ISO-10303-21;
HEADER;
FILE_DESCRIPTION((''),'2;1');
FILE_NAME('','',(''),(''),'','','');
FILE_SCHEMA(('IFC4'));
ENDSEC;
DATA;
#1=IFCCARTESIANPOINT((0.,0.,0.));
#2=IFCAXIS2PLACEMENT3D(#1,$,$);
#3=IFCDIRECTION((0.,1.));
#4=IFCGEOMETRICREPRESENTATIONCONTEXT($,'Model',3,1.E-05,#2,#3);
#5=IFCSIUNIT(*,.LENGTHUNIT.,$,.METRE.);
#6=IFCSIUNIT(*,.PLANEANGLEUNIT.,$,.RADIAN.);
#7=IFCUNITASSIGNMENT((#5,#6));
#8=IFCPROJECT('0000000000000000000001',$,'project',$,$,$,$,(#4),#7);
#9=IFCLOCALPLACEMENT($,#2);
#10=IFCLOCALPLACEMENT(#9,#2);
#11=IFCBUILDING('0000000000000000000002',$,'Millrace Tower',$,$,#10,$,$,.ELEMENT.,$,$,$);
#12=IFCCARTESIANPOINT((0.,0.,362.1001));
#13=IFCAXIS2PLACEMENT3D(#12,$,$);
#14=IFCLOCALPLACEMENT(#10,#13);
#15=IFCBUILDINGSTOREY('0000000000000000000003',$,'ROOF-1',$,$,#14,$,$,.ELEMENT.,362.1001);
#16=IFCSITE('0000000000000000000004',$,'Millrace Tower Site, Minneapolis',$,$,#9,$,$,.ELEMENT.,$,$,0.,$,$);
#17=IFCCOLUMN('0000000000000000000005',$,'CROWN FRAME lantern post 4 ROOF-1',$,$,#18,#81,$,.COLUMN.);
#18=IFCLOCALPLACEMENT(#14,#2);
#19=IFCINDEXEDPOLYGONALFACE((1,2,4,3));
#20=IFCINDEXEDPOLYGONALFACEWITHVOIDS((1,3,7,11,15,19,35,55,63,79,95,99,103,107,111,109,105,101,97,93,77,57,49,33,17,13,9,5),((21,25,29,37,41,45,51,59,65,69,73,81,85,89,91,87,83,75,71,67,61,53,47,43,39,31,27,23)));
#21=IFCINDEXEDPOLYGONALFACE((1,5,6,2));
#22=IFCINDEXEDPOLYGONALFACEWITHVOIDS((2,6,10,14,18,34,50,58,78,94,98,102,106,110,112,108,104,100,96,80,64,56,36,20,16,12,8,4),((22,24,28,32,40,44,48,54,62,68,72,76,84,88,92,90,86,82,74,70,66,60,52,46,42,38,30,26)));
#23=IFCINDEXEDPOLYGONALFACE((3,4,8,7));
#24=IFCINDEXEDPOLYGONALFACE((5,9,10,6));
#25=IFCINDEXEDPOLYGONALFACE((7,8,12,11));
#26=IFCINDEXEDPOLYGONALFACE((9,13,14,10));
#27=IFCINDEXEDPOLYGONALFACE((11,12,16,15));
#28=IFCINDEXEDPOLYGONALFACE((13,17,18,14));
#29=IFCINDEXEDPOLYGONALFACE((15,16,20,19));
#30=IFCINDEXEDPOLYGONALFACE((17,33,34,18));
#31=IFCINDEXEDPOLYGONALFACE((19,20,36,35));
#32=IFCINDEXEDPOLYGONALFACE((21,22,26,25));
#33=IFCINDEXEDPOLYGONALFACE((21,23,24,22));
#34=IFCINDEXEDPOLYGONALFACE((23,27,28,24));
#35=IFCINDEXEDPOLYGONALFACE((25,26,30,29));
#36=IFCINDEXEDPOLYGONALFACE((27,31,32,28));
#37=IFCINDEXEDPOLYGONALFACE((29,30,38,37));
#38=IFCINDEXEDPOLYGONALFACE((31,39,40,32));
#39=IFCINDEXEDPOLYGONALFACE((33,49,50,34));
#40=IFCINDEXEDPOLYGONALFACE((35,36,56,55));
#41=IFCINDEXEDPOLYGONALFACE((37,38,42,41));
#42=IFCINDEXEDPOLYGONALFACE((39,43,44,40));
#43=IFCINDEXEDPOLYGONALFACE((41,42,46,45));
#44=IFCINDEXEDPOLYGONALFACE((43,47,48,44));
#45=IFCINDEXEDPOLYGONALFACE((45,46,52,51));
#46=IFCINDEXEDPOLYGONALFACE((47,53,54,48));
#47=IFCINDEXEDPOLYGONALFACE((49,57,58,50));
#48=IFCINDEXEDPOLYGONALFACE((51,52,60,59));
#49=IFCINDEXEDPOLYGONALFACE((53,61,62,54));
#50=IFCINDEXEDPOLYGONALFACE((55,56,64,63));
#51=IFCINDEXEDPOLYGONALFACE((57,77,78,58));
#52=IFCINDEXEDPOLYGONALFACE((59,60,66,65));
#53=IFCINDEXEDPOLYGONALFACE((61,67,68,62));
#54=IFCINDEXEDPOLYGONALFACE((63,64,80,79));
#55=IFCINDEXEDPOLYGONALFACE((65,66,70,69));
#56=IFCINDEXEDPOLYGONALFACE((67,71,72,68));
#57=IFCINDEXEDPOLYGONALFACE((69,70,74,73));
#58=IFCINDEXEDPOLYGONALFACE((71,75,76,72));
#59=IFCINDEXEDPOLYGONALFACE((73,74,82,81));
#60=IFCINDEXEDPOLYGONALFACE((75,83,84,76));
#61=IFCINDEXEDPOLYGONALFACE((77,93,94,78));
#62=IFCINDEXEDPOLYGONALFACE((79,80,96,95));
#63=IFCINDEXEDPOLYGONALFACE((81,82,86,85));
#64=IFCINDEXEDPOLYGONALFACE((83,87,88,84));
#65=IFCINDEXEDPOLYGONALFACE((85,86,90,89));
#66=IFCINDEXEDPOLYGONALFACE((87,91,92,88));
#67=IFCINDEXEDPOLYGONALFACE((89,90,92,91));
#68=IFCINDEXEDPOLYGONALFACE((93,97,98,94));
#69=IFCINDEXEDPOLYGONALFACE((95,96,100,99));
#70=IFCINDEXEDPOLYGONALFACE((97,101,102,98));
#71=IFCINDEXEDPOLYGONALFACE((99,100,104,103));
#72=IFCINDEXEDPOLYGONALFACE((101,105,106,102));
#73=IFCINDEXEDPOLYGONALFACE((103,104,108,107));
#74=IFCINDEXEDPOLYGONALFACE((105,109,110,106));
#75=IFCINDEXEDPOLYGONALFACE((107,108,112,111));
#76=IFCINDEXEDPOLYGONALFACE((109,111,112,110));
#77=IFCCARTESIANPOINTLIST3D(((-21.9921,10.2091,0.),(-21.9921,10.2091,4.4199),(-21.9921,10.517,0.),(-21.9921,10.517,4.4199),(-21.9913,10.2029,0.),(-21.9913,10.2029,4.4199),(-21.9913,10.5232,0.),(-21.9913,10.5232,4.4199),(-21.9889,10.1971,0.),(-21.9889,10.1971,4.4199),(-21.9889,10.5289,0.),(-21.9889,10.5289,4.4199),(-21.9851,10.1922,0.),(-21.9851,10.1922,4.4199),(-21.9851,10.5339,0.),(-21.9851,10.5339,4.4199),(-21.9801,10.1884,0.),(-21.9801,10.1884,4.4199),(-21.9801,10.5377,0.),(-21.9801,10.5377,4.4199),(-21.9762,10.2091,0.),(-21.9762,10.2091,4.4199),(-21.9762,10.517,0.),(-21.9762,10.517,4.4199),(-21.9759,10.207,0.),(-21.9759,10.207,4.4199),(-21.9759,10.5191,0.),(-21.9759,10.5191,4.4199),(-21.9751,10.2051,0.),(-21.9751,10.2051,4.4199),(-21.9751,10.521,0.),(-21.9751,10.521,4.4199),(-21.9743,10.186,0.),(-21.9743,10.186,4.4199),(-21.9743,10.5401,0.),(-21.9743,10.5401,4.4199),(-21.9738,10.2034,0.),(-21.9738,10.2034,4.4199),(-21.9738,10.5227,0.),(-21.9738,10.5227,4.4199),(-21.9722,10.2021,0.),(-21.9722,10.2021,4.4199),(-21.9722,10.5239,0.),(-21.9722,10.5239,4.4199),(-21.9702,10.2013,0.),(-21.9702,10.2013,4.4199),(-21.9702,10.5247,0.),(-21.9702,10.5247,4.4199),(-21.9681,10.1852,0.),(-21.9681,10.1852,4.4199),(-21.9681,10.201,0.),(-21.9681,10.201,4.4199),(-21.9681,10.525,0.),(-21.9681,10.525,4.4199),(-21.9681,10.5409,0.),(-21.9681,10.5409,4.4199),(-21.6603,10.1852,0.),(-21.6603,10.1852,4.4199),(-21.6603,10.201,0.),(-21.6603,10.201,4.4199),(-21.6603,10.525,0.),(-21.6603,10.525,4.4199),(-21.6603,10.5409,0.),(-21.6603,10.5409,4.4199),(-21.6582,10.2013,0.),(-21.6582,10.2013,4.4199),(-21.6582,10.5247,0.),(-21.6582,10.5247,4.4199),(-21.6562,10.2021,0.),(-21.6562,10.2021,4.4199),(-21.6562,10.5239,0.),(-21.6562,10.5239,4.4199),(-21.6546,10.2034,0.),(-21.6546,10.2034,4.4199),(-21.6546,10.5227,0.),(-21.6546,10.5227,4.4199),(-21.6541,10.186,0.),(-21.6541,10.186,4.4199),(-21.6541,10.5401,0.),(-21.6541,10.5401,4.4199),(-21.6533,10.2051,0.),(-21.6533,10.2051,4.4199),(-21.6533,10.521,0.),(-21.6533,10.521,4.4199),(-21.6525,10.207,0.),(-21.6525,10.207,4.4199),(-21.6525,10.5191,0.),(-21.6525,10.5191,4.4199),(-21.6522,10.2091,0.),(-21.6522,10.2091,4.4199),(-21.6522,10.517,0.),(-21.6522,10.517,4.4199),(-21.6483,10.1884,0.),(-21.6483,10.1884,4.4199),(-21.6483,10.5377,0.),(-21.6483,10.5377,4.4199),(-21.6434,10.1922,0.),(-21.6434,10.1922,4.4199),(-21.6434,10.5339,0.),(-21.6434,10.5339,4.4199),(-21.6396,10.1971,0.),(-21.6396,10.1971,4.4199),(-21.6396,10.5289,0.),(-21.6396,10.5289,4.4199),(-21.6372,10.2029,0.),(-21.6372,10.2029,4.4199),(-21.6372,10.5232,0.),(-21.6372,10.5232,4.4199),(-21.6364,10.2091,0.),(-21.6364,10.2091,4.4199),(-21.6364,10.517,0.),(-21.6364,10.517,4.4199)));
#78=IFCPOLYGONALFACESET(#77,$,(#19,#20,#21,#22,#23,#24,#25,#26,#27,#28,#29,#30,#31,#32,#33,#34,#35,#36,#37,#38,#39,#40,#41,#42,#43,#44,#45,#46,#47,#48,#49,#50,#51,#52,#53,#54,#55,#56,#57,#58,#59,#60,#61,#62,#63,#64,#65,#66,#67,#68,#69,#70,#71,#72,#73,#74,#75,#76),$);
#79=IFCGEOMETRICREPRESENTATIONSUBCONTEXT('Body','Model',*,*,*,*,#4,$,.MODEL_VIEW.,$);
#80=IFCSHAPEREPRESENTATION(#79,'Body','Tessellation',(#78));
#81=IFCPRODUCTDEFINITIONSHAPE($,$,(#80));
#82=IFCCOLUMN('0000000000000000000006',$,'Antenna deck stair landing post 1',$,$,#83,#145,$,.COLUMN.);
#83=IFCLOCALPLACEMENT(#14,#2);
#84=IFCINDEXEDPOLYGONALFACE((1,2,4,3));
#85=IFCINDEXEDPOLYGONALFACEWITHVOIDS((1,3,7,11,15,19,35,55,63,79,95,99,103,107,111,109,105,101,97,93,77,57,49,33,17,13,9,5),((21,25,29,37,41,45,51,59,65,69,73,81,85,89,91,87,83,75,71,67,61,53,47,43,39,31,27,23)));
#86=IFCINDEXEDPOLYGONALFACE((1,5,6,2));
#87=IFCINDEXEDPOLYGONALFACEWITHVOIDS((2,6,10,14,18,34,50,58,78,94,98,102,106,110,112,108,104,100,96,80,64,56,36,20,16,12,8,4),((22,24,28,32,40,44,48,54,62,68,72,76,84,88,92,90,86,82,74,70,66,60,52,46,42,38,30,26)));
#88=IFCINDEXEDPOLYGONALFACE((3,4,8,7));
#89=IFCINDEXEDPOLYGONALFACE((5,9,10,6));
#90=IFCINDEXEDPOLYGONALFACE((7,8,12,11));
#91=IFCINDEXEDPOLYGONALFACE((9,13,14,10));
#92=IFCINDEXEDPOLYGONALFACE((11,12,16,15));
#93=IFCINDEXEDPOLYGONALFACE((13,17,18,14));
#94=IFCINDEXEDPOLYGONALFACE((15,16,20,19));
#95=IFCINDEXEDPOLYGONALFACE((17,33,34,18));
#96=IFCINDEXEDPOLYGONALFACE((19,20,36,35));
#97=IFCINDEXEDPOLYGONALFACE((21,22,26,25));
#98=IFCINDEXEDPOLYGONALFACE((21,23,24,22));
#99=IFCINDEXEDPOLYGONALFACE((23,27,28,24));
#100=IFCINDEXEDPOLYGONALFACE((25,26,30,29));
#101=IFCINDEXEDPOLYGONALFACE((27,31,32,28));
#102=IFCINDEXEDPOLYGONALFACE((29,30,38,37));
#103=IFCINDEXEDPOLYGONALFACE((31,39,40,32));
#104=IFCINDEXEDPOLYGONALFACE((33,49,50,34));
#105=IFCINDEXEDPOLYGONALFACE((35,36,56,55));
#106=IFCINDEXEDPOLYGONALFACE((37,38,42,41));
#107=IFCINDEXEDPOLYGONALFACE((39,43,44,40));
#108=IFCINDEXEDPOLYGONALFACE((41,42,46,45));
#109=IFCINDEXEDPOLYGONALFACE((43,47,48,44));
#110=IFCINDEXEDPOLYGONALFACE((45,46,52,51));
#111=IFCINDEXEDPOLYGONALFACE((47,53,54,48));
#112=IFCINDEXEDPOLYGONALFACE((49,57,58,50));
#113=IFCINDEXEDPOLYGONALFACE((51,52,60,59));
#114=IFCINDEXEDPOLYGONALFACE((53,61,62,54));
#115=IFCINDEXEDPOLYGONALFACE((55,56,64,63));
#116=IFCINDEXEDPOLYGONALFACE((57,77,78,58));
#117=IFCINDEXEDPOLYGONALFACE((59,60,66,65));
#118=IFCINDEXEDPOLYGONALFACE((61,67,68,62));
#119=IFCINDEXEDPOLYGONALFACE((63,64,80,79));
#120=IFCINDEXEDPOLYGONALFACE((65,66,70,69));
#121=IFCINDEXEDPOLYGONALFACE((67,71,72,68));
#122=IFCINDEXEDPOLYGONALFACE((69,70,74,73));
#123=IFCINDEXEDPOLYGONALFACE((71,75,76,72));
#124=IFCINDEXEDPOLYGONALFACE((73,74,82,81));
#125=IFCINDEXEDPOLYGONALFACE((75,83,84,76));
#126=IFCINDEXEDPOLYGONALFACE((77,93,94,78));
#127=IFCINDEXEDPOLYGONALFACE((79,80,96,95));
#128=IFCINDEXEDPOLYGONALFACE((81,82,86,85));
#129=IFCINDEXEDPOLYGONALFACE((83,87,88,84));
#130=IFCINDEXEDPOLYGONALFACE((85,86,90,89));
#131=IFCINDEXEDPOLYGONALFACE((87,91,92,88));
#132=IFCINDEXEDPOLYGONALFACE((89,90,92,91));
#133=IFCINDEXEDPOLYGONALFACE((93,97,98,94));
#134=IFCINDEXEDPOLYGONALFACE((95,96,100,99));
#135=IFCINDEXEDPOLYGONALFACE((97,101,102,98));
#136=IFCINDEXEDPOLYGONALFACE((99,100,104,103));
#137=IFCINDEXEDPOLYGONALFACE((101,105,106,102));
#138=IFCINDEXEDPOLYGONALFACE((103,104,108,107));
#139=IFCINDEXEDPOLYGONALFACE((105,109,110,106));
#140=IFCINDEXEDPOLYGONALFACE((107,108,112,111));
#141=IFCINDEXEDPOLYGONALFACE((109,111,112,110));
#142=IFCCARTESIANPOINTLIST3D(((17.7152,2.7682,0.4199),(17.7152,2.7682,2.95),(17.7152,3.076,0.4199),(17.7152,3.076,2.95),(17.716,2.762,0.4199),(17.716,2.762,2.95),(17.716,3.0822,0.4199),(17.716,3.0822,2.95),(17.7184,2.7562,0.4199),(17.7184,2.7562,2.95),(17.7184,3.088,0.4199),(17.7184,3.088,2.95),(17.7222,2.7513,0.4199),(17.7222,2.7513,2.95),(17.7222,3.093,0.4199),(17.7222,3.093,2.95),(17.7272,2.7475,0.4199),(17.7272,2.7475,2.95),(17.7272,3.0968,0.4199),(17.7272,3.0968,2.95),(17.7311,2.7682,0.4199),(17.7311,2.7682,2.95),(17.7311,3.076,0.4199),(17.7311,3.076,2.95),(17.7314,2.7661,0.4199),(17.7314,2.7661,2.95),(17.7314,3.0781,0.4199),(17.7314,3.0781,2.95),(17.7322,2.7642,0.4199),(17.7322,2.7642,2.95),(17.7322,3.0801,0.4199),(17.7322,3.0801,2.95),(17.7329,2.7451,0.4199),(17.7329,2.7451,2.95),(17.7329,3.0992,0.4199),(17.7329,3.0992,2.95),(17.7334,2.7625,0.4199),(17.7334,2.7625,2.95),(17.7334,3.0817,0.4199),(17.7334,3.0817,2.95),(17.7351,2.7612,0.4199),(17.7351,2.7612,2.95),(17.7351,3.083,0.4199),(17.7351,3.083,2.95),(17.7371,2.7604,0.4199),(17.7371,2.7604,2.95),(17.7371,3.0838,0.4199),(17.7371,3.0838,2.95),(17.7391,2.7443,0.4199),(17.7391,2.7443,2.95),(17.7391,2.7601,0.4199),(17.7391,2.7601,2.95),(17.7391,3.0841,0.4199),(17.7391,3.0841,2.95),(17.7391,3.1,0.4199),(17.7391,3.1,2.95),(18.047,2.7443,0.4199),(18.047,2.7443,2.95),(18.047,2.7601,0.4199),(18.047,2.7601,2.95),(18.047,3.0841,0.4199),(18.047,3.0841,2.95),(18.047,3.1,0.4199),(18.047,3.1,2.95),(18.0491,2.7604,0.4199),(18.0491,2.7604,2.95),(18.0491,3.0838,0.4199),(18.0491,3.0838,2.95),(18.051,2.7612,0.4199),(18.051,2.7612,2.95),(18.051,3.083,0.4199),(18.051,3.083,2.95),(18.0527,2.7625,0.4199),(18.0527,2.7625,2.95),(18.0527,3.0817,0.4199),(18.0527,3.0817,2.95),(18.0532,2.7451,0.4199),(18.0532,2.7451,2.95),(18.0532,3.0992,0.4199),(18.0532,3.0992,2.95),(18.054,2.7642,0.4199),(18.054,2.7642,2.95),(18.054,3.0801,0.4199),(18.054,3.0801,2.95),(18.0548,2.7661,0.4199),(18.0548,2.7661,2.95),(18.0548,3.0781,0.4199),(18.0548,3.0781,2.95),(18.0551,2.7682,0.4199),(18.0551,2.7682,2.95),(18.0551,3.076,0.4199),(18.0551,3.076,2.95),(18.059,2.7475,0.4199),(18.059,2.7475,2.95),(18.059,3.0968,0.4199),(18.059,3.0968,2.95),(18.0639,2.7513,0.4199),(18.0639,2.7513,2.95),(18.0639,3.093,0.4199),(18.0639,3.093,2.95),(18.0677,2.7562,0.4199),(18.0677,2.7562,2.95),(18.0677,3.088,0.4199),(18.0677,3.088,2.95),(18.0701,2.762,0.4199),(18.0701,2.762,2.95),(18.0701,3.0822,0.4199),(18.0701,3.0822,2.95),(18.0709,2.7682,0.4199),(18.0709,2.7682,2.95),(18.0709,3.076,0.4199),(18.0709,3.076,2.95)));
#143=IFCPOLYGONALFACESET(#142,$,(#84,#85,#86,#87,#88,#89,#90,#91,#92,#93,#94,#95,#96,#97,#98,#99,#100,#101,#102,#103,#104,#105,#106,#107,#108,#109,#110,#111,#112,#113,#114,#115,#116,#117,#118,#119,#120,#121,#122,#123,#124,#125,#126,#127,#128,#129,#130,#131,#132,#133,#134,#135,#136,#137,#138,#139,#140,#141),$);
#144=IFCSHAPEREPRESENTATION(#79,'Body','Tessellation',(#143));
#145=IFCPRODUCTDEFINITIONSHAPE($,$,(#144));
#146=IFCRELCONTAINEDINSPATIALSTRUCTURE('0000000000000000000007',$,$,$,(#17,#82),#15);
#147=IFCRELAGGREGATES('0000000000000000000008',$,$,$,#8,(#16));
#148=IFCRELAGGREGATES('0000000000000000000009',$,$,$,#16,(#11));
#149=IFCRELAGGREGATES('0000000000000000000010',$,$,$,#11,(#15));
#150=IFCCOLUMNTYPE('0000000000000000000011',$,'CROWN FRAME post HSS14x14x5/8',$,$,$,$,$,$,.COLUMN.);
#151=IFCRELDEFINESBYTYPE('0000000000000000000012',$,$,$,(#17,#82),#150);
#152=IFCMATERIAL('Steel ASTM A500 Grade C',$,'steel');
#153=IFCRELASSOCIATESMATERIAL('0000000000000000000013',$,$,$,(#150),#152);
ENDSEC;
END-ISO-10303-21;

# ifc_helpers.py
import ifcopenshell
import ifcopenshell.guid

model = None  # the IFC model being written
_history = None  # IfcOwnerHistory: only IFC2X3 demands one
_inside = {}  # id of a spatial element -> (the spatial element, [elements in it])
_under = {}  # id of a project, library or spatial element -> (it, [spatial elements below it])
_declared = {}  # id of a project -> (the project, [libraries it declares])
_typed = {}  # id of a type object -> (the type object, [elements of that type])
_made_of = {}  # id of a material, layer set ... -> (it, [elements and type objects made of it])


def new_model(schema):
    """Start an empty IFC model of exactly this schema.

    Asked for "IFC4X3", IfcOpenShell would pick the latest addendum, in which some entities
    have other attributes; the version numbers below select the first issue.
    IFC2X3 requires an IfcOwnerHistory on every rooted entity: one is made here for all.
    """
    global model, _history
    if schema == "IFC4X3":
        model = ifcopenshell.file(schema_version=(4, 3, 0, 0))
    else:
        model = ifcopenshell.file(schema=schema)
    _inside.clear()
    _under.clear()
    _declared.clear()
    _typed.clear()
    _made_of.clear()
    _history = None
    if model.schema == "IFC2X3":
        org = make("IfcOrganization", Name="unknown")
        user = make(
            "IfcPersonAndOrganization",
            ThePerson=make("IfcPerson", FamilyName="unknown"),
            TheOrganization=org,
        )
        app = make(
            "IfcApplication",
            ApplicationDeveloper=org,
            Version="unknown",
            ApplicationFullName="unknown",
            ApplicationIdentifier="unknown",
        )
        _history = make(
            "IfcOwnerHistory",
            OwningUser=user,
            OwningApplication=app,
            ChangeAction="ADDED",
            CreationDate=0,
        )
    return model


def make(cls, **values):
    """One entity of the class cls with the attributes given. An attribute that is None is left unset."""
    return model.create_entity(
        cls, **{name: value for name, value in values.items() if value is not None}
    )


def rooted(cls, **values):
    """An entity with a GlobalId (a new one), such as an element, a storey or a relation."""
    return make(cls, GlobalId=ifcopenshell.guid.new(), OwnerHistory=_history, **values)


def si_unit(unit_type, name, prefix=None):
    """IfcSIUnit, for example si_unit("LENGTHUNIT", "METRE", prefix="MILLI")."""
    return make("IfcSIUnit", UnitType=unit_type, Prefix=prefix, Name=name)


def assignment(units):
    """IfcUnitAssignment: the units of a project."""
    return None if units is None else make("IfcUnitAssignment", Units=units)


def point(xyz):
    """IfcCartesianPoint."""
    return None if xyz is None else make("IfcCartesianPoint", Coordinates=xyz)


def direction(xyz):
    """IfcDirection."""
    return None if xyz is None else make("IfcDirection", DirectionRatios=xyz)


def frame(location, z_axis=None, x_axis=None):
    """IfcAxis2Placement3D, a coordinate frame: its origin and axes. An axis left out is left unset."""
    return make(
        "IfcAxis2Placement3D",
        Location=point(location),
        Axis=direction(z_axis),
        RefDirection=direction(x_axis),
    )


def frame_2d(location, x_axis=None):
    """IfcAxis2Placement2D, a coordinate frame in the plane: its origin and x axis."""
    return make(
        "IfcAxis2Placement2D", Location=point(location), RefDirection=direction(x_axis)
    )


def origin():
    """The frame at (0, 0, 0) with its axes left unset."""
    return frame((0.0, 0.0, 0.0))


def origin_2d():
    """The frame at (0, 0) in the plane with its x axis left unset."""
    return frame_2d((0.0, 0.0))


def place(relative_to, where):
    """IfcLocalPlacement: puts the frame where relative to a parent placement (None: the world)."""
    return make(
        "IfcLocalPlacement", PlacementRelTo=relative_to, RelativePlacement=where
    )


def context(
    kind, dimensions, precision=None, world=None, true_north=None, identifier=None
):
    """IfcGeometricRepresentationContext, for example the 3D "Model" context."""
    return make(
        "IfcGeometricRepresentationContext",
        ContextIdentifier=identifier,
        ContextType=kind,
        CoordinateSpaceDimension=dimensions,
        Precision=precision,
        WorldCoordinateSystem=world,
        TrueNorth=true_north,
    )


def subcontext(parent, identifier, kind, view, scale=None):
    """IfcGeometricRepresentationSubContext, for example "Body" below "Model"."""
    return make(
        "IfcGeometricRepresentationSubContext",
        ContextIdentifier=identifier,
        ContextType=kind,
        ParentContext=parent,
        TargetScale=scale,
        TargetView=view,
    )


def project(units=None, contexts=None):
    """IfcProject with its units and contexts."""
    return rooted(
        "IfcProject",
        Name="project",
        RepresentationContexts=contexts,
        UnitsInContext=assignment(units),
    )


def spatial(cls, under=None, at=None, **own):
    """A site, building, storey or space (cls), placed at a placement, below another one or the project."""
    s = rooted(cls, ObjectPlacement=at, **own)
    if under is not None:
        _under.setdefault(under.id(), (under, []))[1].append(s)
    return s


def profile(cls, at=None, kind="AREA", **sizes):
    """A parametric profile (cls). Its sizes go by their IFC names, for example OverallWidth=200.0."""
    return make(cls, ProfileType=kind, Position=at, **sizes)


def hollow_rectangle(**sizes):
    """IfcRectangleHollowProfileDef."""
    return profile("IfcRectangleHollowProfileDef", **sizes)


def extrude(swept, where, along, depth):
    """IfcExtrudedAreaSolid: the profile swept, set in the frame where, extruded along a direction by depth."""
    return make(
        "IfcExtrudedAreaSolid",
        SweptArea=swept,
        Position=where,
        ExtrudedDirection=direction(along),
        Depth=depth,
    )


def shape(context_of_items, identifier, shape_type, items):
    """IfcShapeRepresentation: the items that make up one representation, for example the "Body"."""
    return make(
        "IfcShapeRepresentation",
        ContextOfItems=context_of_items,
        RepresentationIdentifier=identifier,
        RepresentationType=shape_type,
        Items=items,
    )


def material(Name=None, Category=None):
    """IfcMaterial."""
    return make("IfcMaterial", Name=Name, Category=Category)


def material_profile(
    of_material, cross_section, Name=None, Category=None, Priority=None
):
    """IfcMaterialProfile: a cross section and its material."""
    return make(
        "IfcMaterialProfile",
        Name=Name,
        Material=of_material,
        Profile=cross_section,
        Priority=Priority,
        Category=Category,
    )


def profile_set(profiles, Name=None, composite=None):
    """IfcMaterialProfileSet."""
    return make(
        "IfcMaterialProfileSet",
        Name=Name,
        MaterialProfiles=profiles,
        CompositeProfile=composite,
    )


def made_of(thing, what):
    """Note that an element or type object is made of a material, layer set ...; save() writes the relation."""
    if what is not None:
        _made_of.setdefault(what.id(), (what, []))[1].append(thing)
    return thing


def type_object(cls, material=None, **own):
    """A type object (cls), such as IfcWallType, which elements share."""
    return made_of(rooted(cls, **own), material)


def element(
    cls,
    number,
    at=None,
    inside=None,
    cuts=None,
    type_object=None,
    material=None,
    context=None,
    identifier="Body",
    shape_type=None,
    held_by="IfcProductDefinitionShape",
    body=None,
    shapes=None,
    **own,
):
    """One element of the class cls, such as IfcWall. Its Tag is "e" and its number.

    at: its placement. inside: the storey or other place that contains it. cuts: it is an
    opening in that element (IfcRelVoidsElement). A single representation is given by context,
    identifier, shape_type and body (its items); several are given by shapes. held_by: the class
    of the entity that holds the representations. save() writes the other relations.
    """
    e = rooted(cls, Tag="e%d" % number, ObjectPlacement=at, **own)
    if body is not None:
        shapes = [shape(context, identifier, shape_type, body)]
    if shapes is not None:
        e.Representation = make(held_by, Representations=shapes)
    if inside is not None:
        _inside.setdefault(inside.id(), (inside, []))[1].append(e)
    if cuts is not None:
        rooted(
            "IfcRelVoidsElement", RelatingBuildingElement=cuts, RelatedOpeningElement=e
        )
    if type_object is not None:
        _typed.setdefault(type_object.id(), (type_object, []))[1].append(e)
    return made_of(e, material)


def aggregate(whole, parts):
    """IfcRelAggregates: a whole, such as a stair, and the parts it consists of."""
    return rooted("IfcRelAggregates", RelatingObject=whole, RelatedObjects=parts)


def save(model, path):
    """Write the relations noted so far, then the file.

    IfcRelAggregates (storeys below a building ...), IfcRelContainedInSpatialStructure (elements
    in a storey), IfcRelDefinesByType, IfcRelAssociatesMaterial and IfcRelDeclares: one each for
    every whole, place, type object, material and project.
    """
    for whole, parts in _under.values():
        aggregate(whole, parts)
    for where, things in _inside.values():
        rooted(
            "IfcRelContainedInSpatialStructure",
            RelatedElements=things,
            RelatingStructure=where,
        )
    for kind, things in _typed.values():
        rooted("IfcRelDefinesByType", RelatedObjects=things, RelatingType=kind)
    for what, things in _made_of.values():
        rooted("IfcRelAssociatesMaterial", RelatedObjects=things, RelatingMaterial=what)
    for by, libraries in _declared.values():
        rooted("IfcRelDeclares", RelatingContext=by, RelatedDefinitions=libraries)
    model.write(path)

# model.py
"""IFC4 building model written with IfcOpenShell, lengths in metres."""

from ifc_helpers import new_model, si_unit, direction, frame, origin, origin_2d, place, context, subcontext, project, spatial, hollow_rectangle, extrude, material, material_profile, profile_set, type_object, element, save


model = new_model("IFC4")

# Units and contexts
model_context = context("Model", 3, precision=1e-05, world=origin(), true_north=direction((0.0, 1.0)))
body_context = subcontext(model_context, "Body", "Model", "MODEL_VIEW")
ifc_project = project(units=[si_unit("LENGTHUNIT", "METRE"), si_unit("PLANEANGLEUNIT", "RADIAN")], contexts=[model_context])

# Site, building, storey
site_placement = place(None, origin())
site = spatial("IfcSite", under=ifc_project, at=site_placement, Name="Millrace Tower Site, Minneapolis", CompositionType="ELEMENT", RefElevation=0.0)
building_placement = place(site_placement, origin())
building = spatial("IfcBuilding", under=site, at=building_placement, Name="Millrace Tower", CompositionType="ELEMENT")
storey_placement = place(building_placement, frame((0.0, 0.0, 362.1001)))
storey = spatial("IfcBuildingStorey", under=building, at=storey_placement, Name="ROOF-1", CompositionType="ELEMENT", Elevation=362.1001)

# Columns
ifc_material_1 = material(Name="Steel ASTM A500 Grade C", Category="steel")
ifc_material_profile_1 = material_profile(ifc_material_1, hollow_rectangle(XDim=0.3557, YDim=0.3557, WallThickness=0.0159, InnerFilletRadius=0.0081, OuterFilletRadius=0.0239, at=origin_2d()))
ifc_profile_set_1 = profile_set([ifc_material_profile_1], Name="Steel ASTM A500 Grade C")
column_type = type_object("IfcColumnType", Name="CROWN FRAME post HSS14x14x5/8", PredefinedType="COLUMN", material=ifc_profile_set_1)
for number, where, z_axis, x_axis, name in (
    (1, (-21.8142, 10.363, 0.0), (0.0, 0.0, 1.0), (1.0, 0.0, 0.0), "CROWN FRAME lantern post 4 ROOF-1"),
):
    element("IfcColumn", number, at=place(storey_placement, frame(where, z_axis=z_axis, x_axis=x_axis)), inside=storey, type_object=column_type, Name=name, PredefinedType="COLUMN", context=body_context, shape_type="SweptSolid", body=[
        extrude(hollow_rectangle(XDim=0.3557, YDim=0.3557, WallThickness=0.0159, InnerFilletRadius=0.0081, OuterFilletRadius=0.0239, at=origin_2d()), origin(), (0.0, 0.0, 1.0), 4.4199),
    ])
for number, where, z_axis, x_axis, name in (
    (2, (17.8931, 2.9221, 0.4199), (0.0, 0.0, 1.0), (1.0, 0.0, 0.0), "Antenna deck stair landing post 1"),
):
    element("IfcColumn", number, at=place(storey_placement, frame(where, z_axis=z_axis, x_axis=x_axis)), inside=storey, type_object=column_type, Name=name, PredefinedType="COLUMN", context=body_context, shape_type="SweptSolid", body=[
        extrude(hollow_rectangle(XDim=0.3557, YDim=0.3557, WallThickness=0.0159, InnerFilletRadius=0.0081, OuterFilletRadius=0.0239, at=origin_2d()), origin(), (0.0, 0.0, 1.0), 2.53),
    ])

save(model, "model.ifc")
